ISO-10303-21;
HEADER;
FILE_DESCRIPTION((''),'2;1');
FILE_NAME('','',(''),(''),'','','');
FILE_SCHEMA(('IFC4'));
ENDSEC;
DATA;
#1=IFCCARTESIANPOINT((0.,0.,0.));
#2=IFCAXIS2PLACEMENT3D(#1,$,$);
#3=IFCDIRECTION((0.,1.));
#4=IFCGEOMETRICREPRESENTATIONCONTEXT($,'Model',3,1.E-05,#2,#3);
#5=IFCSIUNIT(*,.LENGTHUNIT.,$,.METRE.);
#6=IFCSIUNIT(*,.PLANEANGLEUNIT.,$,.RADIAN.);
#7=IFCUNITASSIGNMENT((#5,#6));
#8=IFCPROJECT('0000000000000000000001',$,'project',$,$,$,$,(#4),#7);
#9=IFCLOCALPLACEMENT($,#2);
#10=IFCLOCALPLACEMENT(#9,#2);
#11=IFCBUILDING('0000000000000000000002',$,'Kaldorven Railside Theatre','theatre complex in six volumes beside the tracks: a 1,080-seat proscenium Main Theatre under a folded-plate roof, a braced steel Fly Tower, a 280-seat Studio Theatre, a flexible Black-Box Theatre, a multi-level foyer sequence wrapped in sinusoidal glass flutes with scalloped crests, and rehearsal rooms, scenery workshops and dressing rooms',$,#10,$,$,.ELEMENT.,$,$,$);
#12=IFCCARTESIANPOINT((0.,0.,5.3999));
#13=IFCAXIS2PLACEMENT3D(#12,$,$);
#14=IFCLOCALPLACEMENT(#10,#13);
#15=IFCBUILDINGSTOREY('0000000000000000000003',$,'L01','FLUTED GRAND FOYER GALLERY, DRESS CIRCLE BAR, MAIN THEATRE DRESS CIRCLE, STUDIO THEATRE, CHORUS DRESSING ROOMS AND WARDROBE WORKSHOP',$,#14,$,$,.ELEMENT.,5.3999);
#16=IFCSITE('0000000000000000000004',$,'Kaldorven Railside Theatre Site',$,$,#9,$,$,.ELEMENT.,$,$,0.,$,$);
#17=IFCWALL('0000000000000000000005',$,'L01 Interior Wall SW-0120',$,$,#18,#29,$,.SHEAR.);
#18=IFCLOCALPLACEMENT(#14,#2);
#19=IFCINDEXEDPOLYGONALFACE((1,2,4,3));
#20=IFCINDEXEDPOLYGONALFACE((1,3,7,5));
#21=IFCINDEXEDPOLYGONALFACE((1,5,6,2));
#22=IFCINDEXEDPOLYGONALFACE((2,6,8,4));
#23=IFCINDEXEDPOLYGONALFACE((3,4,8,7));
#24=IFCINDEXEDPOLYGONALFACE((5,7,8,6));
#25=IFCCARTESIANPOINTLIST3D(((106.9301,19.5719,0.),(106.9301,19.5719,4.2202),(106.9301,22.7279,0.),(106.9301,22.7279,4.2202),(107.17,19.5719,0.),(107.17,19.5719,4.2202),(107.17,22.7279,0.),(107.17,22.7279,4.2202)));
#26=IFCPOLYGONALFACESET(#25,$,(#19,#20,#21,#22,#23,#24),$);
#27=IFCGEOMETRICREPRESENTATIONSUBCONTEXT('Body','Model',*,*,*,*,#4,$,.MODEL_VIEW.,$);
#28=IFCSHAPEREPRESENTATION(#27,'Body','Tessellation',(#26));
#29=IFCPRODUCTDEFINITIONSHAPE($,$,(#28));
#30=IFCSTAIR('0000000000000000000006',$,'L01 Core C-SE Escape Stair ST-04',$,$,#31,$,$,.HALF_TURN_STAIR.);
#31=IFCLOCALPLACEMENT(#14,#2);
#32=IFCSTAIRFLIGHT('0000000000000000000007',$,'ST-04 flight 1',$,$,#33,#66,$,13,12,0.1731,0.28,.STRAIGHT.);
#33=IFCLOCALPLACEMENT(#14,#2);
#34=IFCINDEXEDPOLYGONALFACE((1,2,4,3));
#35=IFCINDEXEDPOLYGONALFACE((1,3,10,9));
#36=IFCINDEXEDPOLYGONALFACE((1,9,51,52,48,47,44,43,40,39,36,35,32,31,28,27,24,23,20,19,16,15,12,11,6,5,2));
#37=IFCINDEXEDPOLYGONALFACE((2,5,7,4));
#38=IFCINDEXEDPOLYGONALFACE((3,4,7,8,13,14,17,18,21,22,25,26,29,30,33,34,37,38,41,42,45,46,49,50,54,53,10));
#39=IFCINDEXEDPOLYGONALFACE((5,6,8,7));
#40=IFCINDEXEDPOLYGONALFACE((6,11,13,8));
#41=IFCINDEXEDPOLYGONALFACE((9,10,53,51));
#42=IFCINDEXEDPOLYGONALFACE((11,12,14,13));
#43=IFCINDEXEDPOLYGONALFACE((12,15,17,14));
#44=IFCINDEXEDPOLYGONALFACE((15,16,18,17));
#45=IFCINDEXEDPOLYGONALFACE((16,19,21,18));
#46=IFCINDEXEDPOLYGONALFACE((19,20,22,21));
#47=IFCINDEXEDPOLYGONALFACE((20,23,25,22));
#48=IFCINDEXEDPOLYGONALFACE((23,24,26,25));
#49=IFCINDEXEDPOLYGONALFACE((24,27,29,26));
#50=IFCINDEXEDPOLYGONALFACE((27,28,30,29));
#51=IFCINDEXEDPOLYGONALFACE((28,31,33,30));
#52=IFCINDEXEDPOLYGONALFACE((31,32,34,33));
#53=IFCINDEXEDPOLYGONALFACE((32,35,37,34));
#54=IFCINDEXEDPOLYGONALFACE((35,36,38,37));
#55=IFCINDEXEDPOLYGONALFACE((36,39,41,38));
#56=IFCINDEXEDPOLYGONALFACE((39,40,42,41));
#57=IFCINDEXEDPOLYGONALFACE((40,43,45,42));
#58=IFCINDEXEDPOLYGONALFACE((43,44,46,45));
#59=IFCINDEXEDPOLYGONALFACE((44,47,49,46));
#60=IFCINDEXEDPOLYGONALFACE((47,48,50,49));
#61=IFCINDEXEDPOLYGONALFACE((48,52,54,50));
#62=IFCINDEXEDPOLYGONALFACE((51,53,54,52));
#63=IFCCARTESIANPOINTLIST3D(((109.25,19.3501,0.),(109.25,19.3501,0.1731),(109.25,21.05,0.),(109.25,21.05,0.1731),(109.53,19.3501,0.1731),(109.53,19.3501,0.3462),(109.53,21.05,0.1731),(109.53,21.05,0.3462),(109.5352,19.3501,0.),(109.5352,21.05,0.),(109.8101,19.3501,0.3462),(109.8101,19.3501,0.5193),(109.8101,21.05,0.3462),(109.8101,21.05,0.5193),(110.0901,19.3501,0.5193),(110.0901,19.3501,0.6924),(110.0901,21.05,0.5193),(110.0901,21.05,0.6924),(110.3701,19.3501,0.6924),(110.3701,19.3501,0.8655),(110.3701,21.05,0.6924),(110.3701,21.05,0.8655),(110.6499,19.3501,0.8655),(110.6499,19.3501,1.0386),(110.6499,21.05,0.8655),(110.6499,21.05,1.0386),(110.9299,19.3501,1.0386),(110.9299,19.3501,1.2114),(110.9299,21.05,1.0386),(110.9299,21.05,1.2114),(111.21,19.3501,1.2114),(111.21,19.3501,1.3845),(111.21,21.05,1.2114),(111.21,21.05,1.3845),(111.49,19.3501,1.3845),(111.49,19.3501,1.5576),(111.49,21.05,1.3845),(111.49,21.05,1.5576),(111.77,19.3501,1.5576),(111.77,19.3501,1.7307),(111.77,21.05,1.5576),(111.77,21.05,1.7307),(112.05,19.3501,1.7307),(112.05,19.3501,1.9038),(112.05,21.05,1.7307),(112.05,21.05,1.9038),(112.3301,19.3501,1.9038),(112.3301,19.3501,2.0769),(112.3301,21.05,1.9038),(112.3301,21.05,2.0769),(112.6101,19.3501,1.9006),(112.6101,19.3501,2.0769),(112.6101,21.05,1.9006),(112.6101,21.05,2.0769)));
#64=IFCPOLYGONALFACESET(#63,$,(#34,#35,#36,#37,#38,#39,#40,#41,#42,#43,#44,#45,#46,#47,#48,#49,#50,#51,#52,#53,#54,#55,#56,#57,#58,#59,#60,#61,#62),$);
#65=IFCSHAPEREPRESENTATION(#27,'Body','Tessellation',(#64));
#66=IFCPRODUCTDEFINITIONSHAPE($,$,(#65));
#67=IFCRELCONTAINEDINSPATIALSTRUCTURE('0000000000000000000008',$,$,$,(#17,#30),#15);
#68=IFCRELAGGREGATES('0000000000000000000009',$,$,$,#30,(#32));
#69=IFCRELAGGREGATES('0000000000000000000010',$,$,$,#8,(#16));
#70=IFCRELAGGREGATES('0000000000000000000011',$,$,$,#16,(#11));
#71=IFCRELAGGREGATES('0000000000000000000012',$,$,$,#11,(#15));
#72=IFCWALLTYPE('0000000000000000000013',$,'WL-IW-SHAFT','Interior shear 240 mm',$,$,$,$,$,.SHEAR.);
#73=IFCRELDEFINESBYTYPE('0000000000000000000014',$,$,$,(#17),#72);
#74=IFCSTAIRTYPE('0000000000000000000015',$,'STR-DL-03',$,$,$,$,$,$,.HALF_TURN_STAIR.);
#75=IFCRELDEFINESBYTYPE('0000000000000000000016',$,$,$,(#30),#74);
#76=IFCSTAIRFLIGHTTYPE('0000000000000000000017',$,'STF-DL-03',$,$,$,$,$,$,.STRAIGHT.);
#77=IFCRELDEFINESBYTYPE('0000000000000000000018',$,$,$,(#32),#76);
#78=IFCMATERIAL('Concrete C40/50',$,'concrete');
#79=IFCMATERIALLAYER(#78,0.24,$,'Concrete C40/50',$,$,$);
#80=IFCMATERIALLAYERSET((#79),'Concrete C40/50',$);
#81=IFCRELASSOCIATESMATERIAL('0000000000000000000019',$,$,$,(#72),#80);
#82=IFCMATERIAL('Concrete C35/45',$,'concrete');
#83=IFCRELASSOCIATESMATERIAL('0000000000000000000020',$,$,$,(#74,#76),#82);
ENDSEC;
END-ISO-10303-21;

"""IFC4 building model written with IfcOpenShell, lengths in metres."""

from ifc_helpers import new_model, si_unit, direction, frame, frame_2d, origin, place, context, subcontext, project, spatial, polyline, rectangle, outline, extrude, material, layer, layer_set, type_object, element, aggregate, save


model = new_model("IFC4")

# Units and contexts
model_context = context("Model", 3, precision=1e-05, world=origin(), true_north=direction((0.0, 1.0)))
body_context = subcontext(model_context, "Body", "Model", "MODEL_VIEW")
ifc_project = project(units=[si_unit("LENGTHUNIT", "METRE"), si_unit("PLANEANGLEUNIT", "RADIAN")], contexts=[model_context])

# Site, building, storey
site_placement = place(None, origin())
site = spatial("IfcSite", under=ifc_project, at=site_placement, Name="Kaldorven Railside Theatre Site", CompositionType="ELEMENT", RefElevation=0.0)
building_placement = place(site_placement, origin())
building = spatial("IfcBuilding", under=site, at=building_placement, Name="Kaldorven Railside Theatre", Description="theatre complex in six volumes beside the tracks: a 1,080-seat proscenium Main Theatre under a folded-plate roof, a braced steel Fly Tower, a 280-seat Studio Theatre, a flexible Black-Box Theatre, a multi-level foyer sequence wrapped in sinusoidal glass flutes with scalloped crests, and rehearsal rooms, scenery workshops and dressing rooms", CompositionType="ELEMENT")
storey_placement = place(building_placement, frame((0.0, 0.0, 5.3999)))
storey = spatial("IfcBuildingStorey", under=building, at=storey_placement, Name="L01", Description="FLUTED GRAND FOYER GALLERY, DRESS CIRCLE BAR, MAIN THEATRE DRESS CIRCLE, STUDIO THEATRE, CHORUS DRESSING ROOMS AND WARDROBE WORKSHOP", CompositionType="ELEMENT", Elevation=5.3999)

# Shared definitions
ifc_material_1 = material(Name="Concrete C40/50", Category="concrete")

# Shared definitions
ifc_layer_1 = layer(ifc_material_1, 0.24, Name="Concrete C40/50")
ifc_layer_set_1 = layer_set([ifc_layer_1], Name="Concrete C40/50")
wall_type_1 = type_object("IfcWallType", Name="WL-IW-SHAFT", Description="Interior shear 240 mm", PredefinedType="SHEAR", material=ifc_layer_set_1)

# Wall
wall_1_placement = place(storey_placement, frame((107.05, 22.728, 0.0), z_axis=(0.0, 0.0, 1.0), x_axis=(0.0, -1.0, 0.0)))
element("IfcWall", 1, at=wall_1_placement, inside=storey, type_object=wall_type_1, Name="L01 Interior Wall SW-0120", PredefinedType="SHEAR", context=body_context, shape_type="SweptSolid", body=[
    extrude(rectangle(XDim=3.156, YDim=0.24, at=frame_2d((1.5781, 0.0))), origin(), (0.0, 0.0, 1.0), 4.2202),
])

# Stair, stair flight
ifc_material_2 = material(Name="Concrete C35/45", Category="concrete")
stair_type = type_object("IfcStairType", Name="STR-DL-03", PredefinedType="HALF_TURN_STAIR", material=ifc_material_2)
stair_placement = place(storey_placement, origin())
stair = element("IfcStair", 2, at=stair_placement, inside=storey, type_object=stair_type, Name="L01 Core C-SE Escape Stair ST-04", PredefinedType="HALF_TURN_STAIR")
stair_flight_type = type_object("IfcStairFlightType", Name="STF-DL-03", PredefinedType="STRAIGHT", material=ifc_material_2)
stair_flight_placement = place(storey_placement, frame((109.25, 20.2, 0.0), z_axis=(0.0, 0.0, 1.0), x_axis=(1.0, 0.0, 0.0)))
stair_flight = element("IfcStairFlight", 3, at=stair_flight_placement, type_object=stair_flight_type, Name="ST-04 flight 1", NumberOfRisers=13, NumberOfTreads=12, PredefinedType="STRAIGHT", RiserHeight=0.1731, TreadLength=0.28, context=body_context, shape_type="SweptSolid", body=[
    extrude(outline(polyline([(0.0, 0.0), (0.0, 0.1731), (0.28, 0.1731), (0.28, 0.3462), (0.5601, 0.3462), (0.5601, 0.5193), (0.8401, 0.5193), (0.8401, 0.6924), (1.1201, 0.6924), (1.1201, 0.8655), (1.3999, 0.8655), (1.3999, 1.0386), (1.6799, 1.0386), (1.6799, 1.2114), (1.96, 1.2114), (1.96, 1.3845), (2.24, 1.3845), (2.24, 1.5576), (2.52, 1.5576), (2.52, 1.7307), (2.8, 1.7307), (2.8, 1.9038), (3.0801, 1.9038), (3.0801, 2.0769), (3.3601, 2.0769), (3.3601, 2.25), (3.3601, 1.9006), (0.2852, 0.0), (0.0, 0.0)])), frame((0.0, 0.8501, 0.0), z_axis=(0.0, -1.0, 0.0), x_axis=(1.0, 0.0, 0.0)), (0.0, 0.0, 1.0), 1.7),
])
aggregate(stair, [stair_flight])

save(model, "model.ifc")
